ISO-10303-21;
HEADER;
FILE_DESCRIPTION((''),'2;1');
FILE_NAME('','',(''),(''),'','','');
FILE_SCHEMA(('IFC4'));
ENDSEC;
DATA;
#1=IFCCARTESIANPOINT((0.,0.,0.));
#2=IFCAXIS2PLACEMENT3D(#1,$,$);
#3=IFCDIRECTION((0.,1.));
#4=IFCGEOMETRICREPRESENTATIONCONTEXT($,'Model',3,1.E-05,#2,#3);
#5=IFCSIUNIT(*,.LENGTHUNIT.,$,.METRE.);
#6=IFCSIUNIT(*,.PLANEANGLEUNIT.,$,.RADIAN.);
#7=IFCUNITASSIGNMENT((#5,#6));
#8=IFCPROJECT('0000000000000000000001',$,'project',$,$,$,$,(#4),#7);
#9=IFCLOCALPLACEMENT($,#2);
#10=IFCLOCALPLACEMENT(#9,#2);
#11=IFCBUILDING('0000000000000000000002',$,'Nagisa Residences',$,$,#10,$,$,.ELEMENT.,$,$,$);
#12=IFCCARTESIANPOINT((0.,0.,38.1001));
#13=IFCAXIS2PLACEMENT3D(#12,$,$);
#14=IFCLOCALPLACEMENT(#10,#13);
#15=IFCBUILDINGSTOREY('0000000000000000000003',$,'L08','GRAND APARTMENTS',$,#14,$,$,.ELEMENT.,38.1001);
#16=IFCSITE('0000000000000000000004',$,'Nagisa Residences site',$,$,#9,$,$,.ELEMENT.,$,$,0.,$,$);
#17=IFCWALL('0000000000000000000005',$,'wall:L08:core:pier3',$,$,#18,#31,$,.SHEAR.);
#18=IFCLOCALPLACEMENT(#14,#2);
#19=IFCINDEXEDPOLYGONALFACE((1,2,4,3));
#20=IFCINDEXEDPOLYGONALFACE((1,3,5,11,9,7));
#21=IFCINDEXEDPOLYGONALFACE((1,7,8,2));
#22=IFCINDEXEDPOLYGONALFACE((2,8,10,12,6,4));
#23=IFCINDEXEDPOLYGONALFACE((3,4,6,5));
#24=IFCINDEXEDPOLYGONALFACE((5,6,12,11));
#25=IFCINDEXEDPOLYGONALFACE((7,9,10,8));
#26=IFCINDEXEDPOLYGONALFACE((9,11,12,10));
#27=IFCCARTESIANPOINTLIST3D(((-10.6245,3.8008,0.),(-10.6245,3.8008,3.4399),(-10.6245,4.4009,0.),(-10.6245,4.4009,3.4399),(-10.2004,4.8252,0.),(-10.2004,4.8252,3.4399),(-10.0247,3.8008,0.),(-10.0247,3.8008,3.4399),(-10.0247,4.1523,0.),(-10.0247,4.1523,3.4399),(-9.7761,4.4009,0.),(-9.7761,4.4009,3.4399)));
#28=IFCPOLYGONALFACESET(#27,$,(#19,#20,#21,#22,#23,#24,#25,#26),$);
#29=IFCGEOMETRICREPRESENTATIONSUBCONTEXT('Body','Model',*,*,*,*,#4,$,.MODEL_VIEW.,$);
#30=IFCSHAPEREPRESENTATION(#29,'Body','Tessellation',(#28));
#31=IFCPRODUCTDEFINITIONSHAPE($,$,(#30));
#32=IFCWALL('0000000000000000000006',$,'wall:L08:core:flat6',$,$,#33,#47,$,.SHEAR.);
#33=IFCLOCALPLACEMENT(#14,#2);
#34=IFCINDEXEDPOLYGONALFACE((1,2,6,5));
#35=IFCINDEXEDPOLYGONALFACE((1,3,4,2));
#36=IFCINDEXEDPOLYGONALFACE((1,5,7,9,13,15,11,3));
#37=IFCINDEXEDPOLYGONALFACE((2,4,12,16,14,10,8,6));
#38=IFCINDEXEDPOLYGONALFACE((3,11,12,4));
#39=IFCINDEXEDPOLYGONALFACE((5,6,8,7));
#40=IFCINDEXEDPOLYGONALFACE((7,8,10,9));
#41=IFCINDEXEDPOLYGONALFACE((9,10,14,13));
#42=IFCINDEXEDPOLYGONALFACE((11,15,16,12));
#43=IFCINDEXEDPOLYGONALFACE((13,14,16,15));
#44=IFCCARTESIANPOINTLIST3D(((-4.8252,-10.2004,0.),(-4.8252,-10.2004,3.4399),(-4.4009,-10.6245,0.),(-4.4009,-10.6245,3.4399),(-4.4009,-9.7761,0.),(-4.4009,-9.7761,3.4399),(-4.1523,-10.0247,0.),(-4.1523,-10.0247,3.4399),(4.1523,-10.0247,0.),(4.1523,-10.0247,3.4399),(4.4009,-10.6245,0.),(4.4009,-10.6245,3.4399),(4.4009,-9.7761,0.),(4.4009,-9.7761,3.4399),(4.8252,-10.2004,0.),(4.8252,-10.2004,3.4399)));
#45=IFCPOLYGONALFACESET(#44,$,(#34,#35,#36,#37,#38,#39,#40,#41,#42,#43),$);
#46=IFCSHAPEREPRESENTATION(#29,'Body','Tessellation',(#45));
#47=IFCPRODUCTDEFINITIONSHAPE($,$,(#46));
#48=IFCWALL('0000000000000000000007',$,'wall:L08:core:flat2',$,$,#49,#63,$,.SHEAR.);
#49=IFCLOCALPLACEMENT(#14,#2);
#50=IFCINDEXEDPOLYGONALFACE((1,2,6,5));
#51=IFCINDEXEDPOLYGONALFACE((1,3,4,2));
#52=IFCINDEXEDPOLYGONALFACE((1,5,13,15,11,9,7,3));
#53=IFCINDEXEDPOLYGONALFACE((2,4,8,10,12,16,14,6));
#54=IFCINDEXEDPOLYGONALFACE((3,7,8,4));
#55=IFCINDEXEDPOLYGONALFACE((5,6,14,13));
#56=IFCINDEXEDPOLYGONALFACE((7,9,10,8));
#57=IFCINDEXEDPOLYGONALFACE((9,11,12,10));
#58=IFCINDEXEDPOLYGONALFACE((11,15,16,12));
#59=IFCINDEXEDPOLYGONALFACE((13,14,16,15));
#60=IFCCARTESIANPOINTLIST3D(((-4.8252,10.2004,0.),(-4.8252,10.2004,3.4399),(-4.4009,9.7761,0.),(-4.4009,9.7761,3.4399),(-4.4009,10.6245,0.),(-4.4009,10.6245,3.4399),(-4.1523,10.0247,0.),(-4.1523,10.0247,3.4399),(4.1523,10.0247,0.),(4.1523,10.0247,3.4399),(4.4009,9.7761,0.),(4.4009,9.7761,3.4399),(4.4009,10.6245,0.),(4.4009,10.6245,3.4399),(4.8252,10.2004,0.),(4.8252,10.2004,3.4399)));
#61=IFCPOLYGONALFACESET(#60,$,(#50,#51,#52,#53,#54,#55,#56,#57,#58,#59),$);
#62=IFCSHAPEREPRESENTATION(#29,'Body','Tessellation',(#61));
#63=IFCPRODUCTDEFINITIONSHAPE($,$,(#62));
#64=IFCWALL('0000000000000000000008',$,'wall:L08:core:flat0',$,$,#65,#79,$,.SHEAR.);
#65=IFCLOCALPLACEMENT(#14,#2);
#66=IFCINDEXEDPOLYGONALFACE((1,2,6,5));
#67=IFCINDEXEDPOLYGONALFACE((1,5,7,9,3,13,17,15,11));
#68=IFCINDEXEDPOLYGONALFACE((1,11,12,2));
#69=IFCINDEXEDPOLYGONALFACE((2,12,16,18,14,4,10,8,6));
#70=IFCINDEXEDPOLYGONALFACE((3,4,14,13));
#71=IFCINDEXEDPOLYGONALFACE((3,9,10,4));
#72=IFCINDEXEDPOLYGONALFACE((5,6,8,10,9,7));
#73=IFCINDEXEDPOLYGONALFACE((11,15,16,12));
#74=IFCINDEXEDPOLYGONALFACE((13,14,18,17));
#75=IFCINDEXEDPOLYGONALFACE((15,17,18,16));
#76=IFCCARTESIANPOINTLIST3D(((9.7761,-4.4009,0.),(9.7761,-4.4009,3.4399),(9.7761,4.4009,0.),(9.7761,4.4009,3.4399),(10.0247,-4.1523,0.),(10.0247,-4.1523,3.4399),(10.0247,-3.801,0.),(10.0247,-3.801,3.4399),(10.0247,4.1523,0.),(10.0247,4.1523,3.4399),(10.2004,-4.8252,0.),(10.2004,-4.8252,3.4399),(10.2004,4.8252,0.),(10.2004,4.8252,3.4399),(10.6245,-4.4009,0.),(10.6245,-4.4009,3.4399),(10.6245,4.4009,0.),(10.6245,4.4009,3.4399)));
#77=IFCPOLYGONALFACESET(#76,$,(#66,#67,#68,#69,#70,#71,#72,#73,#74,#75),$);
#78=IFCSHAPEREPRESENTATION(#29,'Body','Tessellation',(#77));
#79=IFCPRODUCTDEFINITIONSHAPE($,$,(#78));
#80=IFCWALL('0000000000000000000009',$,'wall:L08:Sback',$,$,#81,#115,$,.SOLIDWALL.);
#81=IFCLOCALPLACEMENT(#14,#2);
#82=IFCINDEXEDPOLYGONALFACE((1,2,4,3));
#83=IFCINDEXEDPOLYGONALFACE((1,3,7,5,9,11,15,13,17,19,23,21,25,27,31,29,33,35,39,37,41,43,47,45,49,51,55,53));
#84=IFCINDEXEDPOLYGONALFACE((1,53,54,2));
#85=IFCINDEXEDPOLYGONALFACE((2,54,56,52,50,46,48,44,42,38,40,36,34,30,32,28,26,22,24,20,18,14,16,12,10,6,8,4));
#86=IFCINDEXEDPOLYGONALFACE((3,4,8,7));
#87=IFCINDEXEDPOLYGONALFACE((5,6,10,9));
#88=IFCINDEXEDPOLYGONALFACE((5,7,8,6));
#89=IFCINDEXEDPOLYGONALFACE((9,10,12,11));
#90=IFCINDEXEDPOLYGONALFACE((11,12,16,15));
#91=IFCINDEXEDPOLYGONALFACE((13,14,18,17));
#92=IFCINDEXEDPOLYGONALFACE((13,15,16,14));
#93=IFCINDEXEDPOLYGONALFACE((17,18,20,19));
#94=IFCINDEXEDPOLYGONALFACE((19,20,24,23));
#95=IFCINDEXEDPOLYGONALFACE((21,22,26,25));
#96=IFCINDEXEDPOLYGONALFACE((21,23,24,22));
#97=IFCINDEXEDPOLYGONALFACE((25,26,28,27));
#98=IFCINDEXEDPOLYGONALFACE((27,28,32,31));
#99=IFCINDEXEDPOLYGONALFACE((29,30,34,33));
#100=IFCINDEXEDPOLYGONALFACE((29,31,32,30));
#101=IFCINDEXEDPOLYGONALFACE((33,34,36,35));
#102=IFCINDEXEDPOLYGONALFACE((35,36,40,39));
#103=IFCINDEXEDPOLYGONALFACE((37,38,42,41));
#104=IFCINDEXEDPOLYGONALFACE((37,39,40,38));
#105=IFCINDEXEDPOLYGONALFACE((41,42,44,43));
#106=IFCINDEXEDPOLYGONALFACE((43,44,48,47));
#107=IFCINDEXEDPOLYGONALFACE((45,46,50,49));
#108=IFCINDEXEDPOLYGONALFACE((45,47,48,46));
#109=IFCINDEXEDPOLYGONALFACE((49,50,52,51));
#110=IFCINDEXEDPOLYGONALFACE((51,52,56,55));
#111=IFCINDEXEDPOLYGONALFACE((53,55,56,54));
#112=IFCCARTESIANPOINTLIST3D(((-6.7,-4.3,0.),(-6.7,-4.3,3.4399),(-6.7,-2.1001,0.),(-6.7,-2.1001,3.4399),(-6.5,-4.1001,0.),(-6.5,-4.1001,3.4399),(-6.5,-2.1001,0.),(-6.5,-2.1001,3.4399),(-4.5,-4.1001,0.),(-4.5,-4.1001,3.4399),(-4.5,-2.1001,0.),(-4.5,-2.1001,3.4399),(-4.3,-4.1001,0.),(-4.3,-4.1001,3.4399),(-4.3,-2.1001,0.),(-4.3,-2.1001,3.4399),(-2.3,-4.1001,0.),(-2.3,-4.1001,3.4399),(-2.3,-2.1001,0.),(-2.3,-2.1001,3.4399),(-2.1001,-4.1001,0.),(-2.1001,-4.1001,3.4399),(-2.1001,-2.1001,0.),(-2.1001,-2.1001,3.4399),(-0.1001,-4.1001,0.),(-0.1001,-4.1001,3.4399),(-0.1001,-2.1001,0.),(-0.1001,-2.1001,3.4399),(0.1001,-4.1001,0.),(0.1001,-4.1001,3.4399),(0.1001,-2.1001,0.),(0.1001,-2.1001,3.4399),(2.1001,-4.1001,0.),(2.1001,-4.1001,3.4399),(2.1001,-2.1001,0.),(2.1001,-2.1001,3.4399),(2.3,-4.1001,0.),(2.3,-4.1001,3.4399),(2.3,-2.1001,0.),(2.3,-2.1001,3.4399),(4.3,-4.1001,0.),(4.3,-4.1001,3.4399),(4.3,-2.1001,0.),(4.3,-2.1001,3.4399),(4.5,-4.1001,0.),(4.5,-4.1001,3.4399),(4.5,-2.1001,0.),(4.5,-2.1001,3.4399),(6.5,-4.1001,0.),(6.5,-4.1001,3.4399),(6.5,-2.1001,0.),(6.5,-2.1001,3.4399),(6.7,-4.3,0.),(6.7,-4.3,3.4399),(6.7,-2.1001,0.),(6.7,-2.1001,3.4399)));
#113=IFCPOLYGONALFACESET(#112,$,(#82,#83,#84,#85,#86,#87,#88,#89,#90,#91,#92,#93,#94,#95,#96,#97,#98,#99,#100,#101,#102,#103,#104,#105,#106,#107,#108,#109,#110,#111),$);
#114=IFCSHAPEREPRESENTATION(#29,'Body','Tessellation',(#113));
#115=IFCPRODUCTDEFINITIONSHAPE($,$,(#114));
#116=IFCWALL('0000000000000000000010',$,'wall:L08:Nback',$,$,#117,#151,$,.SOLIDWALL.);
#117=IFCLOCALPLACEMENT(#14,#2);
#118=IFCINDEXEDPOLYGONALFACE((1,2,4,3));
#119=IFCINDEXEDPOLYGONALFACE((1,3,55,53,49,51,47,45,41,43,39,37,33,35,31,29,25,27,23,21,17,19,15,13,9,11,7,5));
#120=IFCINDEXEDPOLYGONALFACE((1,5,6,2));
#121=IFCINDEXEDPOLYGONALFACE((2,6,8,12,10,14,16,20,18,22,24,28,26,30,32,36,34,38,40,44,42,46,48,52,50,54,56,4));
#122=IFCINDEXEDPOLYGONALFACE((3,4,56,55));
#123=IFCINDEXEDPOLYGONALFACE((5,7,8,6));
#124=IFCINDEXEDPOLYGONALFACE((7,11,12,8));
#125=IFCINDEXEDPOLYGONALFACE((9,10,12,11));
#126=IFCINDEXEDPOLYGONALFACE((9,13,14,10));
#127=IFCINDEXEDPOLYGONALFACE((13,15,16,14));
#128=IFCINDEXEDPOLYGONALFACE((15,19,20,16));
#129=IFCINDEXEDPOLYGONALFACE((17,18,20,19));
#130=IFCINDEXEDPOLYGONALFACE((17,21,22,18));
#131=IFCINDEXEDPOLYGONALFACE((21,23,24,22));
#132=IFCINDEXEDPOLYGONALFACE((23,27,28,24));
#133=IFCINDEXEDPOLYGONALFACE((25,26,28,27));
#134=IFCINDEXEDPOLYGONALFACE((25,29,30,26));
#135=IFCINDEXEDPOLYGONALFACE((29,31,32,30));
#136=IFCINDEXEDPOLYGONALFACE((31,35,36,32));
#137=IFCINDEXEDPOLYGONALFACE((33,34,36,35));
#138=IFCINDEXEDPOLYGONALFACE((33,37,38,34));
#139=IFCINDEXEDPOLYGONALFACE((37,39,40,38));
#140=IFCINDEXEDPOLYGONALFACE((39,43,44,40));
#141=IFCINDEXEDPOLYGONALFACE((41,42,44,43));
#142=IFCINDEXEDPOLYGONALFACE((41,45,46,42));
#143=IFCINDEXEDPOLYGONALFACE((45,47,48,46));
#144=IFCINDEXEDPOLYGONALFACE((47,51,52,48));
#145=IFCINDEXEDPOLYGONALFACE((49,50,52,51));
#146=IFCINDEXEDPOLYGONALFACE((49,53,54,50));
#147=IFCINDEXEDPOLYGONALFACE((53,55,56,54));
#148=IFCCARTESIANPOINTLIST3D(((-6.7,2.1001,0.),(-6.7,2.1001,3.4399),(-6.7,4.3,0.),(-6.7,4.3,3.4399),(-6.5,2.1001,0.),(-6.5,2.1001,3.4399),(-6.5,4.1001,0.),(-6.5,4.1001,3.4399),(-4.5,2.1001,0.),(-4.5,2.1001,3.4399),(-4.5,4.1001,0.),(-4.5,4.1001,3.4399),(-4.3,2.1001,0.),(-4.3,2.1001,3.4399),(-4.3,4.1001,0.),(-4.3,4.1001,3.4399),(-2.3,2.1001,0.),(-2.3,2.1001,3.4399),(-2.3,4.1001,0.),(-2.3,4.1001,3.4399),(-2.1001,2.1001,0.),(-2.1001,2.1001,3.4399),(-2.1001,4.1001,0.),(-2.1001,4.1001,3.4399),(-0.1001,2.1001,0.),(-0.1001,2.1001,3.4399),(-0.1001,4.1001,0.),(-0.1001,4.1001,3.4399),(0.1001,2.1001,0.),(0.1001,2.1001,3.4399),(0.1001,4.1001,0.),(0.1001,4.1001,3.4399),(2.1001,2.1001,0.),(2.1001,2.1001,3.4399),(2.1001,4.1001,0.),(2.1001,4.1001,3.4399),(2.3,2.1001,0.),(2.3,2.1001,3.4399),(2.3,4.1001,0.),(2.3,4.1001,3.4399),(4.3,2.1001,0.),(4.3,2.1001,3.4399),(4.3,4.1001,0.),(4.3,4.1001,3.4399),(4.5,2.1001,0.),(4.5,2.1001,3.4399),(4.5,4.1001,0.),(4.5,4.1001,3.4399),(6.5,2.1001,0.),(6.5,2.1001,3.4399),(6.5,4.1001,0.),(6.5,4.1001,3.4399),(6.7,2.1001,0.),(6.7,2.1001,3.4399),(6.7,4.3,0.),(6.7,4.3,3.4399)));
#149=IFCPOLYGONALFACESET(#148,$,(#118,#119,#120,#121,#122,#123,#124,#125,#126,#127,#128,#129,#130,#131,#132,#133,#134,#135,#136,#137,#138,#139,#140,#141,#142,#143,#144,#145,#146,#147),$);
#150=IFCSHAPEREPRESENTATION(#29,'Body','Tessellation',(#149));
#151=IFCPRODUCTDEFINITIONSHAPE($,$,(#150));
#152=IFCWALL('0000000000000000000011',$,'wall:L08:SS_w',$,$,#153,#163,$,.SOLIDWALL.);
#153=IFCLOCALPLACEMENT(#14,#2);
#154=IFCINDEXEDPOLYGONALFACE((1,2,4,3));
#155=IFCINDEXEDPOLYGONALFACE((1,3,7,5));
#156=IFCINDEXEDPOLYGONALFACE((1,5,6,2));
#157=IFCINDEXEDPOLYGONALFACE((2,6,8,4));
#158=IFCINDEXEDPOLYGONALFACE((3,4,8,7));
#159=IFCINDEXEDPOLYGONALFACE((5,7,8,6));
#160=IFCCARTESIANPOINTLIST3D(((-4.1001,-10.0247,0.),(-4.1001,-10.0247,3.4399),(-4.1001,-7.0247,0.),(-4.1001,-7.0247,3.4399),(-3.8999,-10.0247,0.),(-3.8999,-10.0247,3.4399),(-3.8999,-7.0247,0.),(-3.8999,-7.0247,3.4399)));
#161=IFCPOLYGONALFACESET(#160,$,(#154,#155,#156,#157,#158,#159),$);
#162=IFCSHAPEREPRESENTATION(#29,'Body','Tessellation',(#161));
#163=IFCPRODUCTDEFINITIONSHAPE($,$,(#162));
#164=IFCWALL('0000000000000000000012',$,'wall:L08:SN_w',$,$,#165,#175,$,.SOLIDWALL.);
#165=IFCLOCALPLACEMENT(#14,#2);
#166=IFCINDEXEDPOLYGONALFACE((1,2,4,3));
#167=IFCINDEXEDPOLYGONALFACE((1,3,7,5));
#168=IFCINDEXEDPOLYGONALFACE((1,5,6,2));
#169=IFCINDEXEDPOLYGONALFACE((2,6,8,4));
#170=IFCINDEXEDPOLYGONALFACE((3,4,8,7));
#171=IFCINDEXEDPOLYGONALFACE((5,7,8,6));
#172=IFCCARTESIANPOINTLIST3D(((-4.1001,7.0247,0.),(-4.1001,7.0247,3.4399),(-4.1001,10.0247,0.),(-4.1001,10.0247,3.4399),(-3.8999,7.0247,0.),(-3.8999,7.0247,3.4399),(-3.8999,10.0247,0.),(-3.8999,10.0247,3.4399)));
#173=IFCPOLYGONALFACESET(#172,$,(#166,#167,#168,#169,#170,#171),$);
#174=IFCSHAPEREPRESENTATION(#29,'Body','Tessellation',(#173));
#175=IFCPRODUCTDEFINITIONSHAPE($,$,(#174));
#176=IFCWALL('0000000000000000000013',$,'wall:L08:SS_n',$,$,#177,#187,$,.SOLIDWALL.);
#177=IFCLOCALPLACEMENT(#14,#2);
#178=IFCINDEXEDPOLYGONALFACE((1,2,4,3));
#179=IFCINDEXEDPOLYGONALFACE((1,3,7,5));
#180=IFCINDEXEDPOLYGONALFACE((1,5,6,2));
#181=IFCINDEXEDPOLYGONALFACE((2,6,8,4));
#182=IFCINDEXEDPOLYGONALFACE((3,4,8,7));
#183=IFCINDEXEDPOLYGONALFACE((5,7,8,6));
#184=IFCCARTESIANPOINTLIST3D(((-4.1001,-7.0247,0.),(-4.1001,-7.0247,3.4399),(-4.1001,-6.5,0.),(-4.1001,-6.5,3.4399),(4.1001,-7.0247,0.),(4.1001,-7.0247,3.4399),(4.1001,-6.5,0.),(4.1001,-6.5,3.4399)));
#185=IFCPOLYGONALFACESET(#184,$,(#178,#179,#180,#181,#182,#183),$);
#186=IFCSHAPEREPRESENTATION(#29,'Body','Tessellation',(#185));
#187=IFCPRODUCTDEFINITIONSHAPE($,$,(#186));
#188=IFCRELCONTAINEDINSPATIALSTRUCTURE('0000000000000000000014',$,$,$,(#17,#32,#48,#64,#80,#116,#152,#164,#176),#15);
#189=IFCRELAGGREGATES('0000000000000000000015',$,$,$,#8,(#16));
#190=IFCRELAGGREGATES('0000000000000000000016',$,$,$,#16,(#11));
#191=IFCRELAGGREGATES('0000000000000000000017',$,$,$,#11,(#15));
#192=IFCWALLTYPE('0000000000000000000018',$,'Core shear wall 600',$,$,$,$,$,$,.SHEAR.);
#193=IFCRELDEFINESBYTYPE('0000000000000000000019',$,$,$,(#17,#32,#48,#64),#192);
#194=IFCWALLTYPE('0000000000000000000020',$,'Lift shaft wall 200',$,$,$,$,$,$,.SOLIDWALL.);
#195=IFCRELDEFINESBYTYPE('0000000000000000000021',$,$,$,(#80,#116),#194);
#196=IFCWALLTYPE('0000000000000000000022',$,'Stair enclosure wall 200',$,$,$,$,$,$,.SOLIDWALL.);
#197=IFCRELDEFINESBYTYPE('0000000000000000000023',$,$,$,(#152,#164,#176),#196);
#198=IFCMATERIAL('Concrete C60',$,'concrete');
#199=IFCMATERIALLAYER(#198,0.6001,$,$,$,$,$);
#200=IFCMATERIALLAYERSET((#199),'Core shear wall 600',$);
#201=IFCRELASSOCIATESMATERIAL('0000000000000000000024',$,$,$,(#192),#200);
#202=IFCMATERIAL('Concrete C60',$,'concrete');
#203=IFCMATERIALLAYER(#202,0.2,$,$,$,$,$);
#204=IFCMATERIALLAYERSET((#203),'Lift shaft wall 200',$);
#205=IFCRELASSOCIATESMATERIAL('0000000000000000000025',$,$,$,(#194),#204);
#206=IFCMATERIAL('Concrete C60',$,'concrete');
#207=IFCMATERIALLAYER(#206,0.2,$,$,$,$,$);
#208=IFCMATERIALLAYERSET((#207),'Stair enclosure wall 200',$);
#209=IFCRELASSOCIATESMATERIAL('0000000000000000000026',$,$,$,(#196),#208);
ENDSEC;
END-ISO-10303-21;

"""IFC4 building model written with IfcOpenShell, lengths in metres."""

from ifc_helpers import new_model, si_unit, direction, frame, origin, place, context, subcontext, project, spatial, polyline, outline, extrude, material, layer, layer_set, type_object, element, save


model = new_model("IFC4")

# Units and contexts
model_context = context("Model", 3, precision=1e-05, world=origin(), true_north=direction((0.0, 1.0)))
body_context = subcontext(model_context, "Body", "Model", "MODEL_VIEW")
ifc_project = project(units=[si_unit("LENGTHUNIT", "METRE"), si_unit("PLANEANGLEUNIT", "RADIAN")], contexts=[model_context])

# Site, building, storey
site_placement = place(None, origin())
site = spatial("IfcSite", under=ifc_project, at=site_placement, Name="Nagisa Residences site", CompositionType="ELEMENT", RefElevation=0.0)
building_placement = place(site_placement, origin())
building = spatial("IfcBuilding", under=site, at=building_placement, Name="Nagisa Residences", CompositionType="ELEMENT")
storey_placement = place(building_placement, frame((0.0, 0.0, 38.1001)))
storey = spatial("IfcBuildingStorey", under=building, at=storey_placement, Name="L08", Description="GRAND APARTMENTS", CompositionType="ELEMENT", Elevation=38.1001)

# Walls
ifc_material_1 = material(Name="Concrete C60", Category="concrete")
ifc_layer_1 = layer(ifc_material_1, 0.6001)
ifc_layer_set_1 = layer_set([ifc_layer_1], Name="Core shear wall 600")
wall_type_1 = type_object("IfcWallType", Name="Core shear wall 600", PredefinedType="SHEAR", material=ifc_layer_set_1)
wall_1_placement = place(storey_placement, origin())
element("IfcWall", 1, at=wall_1_placement, inside=storey, type_object=wall_type_1, Name="wall:L08:core:pier3", PredefinedType="SHEAR", context=body_context, shape_type="SweptSolid", body=[
    extrude(outline(polyline([(-10.2004, 4.8252), (-9.7761, 4.4009), (-10.0247, 4.1523), (-10.0247, 3.8008), (-10.6245, 3.8008), (-10.6245, 4.4009), (-10.2004, 4.8252)])), origin(), (0.0, 0.0, 1.0), 3.4399),
])
wall_2_placement = place(storey_placement, origin())
element("IfcWall", 2, at=wall_2_placement, inside=storey, type_object=wall_type_1, Name="wall:L08:core:flat6", PredefinedType="SHEAR", context=body_context, shape_type="SweptSolid", body=[
    extrude(outline(polyline([(-4.1523, -10.0247), (4.1523, -10.0247), (4.4009, -9.7761), (4.8252, -10.2004), (4.4009, -10.6245), (-4.4009, -10.6245), (-4.8252, -10.2004), (-4.4009, -9.7761), (-4.1523, -10.0247)])), origin(), (0.0, 0.0, 1.0), 3.4399),
])
wall_3_placement = place(storey_placement, origin())
element("IfcWall", 3, at=wall_3_placement, inside=storey, type_object=wall_type_1, Name="wall:L08:core:flat2", PredefinedType="SHEAR", context=body_context, shape_type="SweptSolid", body=[
    extrude(outline(polyline([(-4.1523, 10.0247), (-4.4009, 9.7761), (-4.8252, 10.2004), (-4.4009, 10.6245), (4.4009, 10.6245), (4.8252, 10.2004), (4.4009, 9.7761), (4.1523, 10.0247), (-4.1523, 10.0247)])), origin(), (0.0, 0.0, 1.0), 3.4399),
])
wall_4_placement = place(storey_placement, origin())
element("IfcWall", 4, at=wall_4_placement, inside=storey, type_object=wall_type_1, Name="wall:L08:core:flat0", PredefinedType="SHEAR", context=body_context, shape_type="SweptSolid", body=[
    extrude(outline(polyline([(9.7761, -4.4009), (10.0247, -4.1523), (10.0247, -3.801), (10.0247, 4.1523), (9.7761, 4.4009), (10.2004, 4.8252), (10.6245, 4.4009), (10.6245, -4.4009), (10.2004, -4.8252), (9.7761, -4.4009)])), origin(), (0.0, 0.0, 1.0), 3.4399),
])
ifc_material_2 = material(Name="Concrete C60", Category="concrete")
ifc_layer_2 = layer(ifc_material_2, 0.2)
ifc_layer_set_2 = layer_set([ifc_layer_2], Name="Lift shaft wall 200")
wall_type_2 = type_object("IfcWallType", Name="Lift shaft wall 200", PredefinedType="SOLIDWALL", material=ifc_layer_set_2)
wall_5_placement = place(storey_placement, origin())
element("IfcWall", 5, at=wall_5_placement, inside=storey, type_object=wall_type_2, Name="wall:L08:Sback", PredefinedType="SOLIDWALL", context=body_context, shape_type="SweptSolid", body=[
    extrude(outline(polyline([(-6.7, -2.1001), (-6.5, -2.1001), (-6.5, -4.1001), (-4.5, -4.1001), (-4.5, -2.1001), (-4.3, -2.1001), (-4.3, -4.1001), (-2.3, -4.1001), (-2.3, -2.1001), (-2.1001, -2.1001), (-2.1001, -4.1001), (-0.1001, -4.1001), (-0.1001, -2.1001), (0.1001, -2.1001), (0.1001, -4.1001), (2.1001, -4.1001), (2.1001, -2.1001), (2.3, -2.1001), (2.3, -4.1001), (4.3, -4.1001), (4.3, -2.1001), (4.5, -2.1001), (4.5, -4.1001), (6.5, -4.1001), (6.5, -2.1001), (6.7, -2.1001), (6.7, -4.3), (-6.7, -4.3), (-6.7, -2.1001)])), origin(), (0.0, 0.0, 1.0), 3.4399),
])
wall_6_placement = place(storey_placement, origin())
element("IfcWall", 6, at=wall_6_placement, inside=storey, type_object=wall_type_2, Name="wall:L08:Nback", PredefinedType="SOLIDWALL", context=body_context, shape_type="SweptSolid", body=[
    extrude(outline(polyline([(-6.5, 2.1001), (-6.7, 2.1001), (-6.7, 4.3), (6.7, 4.3), (6.7, 2.1001), (6.5, 2.1001), (6.5, 4.1001), (4.5, 4.1001), (4.5, 2.1001), (4.3, 2.1001), (4.3, 4.1001), (2.3, 4.1001), (2.3, 2.1001), (2.1001, 2.1001), (2.1001, 4.1001), (0.1001, 4.1001), (0.1001, 2.1001), (-0.1001, 2.1001), (-0.1001, 4.1001), (-2.1001, 4.1001), (-2.1001, 2.1001), (-2.3, 2.1001), (-2.3, 4.1001), (-4.3, 4.1001), (-4.3, 2.1001), (-4.5, 2.1001), (-4.5, 4.1001), (-6.5, 4.1001), (-6.5, 2.1001)])), origin(), (0.0, 0.0, 1.0), 3.4399),
])
ifc_material_3 = material(Name="Concrete C60", Category="concrete")
ifc_layer_3 = layer(ifc_material_3, 0.2)
ifc_layer_set_3 = layer_set([ifc_layer_3], Name="Stair enclosure wall 200")
wall_type_3 = type_object("IfcWallType", Name="Stair enclosure wall 200", PredefinedType="SOLIDWALL", material=ifc_layer_set_3)
wall_7_placement = place(storey_placement, origin())
element("IfcWall", 7, at=wall_7_placement, inside=storey, type_object=wall_type_3, Name="wall:L08:SS_w", PredefinedType="SOLIDWALL", context=body_context, shape_type="SweptSolid", body=[
    extrude(outline(polyline([(-3.8999, -10.0247), (-4.1001, -10.0247), (-4.1001, -7.0247), (-3.8999, -7.0247), (-3.8999, -10.0247)])), origin(), (0.0, 0.0, 1.0), 3.4399),
])
wall_8_placement = place(storey_placement, origin())
element("IfcWall", 8, at=wall_8_placement, inside=storey, type_object=wall_type_3, Name="wall:L08:SN_w", PredefinedType="SOLIDWALL", context=body_context, shape_type="SweptSolid", body=[
    extrude(outline(polyline([(-3.8999, 7.0247), (-4.1001, 7.0247), (-4.1001, 10.0247), (-3.8999, 10.0247), (-3.8999, 7.0247)])), origin(), (0.0, 0.0, 1.0), 3.4399),
])
wall_9_placement = place(storey_placement, origin())
element("IfcWall", 9, at=wall_9_placement, inside=storey, type_object=wall_type_3, Name="wall:L08:SS_n", PredefinedType="SOLIDWALL", context=body_context, shape_type="SweptSolid", body=[
    extrude(outline(polyline([(4.1001, -7.0247), (-4.1001, -7.0247), (-4.1001, -6.5), (4.1001, -6.5), (4.1001, -7.0247)])), origin(), (0.0, 0.0, 1.0), 3.4399),
])

save(model, "model.ifc")
